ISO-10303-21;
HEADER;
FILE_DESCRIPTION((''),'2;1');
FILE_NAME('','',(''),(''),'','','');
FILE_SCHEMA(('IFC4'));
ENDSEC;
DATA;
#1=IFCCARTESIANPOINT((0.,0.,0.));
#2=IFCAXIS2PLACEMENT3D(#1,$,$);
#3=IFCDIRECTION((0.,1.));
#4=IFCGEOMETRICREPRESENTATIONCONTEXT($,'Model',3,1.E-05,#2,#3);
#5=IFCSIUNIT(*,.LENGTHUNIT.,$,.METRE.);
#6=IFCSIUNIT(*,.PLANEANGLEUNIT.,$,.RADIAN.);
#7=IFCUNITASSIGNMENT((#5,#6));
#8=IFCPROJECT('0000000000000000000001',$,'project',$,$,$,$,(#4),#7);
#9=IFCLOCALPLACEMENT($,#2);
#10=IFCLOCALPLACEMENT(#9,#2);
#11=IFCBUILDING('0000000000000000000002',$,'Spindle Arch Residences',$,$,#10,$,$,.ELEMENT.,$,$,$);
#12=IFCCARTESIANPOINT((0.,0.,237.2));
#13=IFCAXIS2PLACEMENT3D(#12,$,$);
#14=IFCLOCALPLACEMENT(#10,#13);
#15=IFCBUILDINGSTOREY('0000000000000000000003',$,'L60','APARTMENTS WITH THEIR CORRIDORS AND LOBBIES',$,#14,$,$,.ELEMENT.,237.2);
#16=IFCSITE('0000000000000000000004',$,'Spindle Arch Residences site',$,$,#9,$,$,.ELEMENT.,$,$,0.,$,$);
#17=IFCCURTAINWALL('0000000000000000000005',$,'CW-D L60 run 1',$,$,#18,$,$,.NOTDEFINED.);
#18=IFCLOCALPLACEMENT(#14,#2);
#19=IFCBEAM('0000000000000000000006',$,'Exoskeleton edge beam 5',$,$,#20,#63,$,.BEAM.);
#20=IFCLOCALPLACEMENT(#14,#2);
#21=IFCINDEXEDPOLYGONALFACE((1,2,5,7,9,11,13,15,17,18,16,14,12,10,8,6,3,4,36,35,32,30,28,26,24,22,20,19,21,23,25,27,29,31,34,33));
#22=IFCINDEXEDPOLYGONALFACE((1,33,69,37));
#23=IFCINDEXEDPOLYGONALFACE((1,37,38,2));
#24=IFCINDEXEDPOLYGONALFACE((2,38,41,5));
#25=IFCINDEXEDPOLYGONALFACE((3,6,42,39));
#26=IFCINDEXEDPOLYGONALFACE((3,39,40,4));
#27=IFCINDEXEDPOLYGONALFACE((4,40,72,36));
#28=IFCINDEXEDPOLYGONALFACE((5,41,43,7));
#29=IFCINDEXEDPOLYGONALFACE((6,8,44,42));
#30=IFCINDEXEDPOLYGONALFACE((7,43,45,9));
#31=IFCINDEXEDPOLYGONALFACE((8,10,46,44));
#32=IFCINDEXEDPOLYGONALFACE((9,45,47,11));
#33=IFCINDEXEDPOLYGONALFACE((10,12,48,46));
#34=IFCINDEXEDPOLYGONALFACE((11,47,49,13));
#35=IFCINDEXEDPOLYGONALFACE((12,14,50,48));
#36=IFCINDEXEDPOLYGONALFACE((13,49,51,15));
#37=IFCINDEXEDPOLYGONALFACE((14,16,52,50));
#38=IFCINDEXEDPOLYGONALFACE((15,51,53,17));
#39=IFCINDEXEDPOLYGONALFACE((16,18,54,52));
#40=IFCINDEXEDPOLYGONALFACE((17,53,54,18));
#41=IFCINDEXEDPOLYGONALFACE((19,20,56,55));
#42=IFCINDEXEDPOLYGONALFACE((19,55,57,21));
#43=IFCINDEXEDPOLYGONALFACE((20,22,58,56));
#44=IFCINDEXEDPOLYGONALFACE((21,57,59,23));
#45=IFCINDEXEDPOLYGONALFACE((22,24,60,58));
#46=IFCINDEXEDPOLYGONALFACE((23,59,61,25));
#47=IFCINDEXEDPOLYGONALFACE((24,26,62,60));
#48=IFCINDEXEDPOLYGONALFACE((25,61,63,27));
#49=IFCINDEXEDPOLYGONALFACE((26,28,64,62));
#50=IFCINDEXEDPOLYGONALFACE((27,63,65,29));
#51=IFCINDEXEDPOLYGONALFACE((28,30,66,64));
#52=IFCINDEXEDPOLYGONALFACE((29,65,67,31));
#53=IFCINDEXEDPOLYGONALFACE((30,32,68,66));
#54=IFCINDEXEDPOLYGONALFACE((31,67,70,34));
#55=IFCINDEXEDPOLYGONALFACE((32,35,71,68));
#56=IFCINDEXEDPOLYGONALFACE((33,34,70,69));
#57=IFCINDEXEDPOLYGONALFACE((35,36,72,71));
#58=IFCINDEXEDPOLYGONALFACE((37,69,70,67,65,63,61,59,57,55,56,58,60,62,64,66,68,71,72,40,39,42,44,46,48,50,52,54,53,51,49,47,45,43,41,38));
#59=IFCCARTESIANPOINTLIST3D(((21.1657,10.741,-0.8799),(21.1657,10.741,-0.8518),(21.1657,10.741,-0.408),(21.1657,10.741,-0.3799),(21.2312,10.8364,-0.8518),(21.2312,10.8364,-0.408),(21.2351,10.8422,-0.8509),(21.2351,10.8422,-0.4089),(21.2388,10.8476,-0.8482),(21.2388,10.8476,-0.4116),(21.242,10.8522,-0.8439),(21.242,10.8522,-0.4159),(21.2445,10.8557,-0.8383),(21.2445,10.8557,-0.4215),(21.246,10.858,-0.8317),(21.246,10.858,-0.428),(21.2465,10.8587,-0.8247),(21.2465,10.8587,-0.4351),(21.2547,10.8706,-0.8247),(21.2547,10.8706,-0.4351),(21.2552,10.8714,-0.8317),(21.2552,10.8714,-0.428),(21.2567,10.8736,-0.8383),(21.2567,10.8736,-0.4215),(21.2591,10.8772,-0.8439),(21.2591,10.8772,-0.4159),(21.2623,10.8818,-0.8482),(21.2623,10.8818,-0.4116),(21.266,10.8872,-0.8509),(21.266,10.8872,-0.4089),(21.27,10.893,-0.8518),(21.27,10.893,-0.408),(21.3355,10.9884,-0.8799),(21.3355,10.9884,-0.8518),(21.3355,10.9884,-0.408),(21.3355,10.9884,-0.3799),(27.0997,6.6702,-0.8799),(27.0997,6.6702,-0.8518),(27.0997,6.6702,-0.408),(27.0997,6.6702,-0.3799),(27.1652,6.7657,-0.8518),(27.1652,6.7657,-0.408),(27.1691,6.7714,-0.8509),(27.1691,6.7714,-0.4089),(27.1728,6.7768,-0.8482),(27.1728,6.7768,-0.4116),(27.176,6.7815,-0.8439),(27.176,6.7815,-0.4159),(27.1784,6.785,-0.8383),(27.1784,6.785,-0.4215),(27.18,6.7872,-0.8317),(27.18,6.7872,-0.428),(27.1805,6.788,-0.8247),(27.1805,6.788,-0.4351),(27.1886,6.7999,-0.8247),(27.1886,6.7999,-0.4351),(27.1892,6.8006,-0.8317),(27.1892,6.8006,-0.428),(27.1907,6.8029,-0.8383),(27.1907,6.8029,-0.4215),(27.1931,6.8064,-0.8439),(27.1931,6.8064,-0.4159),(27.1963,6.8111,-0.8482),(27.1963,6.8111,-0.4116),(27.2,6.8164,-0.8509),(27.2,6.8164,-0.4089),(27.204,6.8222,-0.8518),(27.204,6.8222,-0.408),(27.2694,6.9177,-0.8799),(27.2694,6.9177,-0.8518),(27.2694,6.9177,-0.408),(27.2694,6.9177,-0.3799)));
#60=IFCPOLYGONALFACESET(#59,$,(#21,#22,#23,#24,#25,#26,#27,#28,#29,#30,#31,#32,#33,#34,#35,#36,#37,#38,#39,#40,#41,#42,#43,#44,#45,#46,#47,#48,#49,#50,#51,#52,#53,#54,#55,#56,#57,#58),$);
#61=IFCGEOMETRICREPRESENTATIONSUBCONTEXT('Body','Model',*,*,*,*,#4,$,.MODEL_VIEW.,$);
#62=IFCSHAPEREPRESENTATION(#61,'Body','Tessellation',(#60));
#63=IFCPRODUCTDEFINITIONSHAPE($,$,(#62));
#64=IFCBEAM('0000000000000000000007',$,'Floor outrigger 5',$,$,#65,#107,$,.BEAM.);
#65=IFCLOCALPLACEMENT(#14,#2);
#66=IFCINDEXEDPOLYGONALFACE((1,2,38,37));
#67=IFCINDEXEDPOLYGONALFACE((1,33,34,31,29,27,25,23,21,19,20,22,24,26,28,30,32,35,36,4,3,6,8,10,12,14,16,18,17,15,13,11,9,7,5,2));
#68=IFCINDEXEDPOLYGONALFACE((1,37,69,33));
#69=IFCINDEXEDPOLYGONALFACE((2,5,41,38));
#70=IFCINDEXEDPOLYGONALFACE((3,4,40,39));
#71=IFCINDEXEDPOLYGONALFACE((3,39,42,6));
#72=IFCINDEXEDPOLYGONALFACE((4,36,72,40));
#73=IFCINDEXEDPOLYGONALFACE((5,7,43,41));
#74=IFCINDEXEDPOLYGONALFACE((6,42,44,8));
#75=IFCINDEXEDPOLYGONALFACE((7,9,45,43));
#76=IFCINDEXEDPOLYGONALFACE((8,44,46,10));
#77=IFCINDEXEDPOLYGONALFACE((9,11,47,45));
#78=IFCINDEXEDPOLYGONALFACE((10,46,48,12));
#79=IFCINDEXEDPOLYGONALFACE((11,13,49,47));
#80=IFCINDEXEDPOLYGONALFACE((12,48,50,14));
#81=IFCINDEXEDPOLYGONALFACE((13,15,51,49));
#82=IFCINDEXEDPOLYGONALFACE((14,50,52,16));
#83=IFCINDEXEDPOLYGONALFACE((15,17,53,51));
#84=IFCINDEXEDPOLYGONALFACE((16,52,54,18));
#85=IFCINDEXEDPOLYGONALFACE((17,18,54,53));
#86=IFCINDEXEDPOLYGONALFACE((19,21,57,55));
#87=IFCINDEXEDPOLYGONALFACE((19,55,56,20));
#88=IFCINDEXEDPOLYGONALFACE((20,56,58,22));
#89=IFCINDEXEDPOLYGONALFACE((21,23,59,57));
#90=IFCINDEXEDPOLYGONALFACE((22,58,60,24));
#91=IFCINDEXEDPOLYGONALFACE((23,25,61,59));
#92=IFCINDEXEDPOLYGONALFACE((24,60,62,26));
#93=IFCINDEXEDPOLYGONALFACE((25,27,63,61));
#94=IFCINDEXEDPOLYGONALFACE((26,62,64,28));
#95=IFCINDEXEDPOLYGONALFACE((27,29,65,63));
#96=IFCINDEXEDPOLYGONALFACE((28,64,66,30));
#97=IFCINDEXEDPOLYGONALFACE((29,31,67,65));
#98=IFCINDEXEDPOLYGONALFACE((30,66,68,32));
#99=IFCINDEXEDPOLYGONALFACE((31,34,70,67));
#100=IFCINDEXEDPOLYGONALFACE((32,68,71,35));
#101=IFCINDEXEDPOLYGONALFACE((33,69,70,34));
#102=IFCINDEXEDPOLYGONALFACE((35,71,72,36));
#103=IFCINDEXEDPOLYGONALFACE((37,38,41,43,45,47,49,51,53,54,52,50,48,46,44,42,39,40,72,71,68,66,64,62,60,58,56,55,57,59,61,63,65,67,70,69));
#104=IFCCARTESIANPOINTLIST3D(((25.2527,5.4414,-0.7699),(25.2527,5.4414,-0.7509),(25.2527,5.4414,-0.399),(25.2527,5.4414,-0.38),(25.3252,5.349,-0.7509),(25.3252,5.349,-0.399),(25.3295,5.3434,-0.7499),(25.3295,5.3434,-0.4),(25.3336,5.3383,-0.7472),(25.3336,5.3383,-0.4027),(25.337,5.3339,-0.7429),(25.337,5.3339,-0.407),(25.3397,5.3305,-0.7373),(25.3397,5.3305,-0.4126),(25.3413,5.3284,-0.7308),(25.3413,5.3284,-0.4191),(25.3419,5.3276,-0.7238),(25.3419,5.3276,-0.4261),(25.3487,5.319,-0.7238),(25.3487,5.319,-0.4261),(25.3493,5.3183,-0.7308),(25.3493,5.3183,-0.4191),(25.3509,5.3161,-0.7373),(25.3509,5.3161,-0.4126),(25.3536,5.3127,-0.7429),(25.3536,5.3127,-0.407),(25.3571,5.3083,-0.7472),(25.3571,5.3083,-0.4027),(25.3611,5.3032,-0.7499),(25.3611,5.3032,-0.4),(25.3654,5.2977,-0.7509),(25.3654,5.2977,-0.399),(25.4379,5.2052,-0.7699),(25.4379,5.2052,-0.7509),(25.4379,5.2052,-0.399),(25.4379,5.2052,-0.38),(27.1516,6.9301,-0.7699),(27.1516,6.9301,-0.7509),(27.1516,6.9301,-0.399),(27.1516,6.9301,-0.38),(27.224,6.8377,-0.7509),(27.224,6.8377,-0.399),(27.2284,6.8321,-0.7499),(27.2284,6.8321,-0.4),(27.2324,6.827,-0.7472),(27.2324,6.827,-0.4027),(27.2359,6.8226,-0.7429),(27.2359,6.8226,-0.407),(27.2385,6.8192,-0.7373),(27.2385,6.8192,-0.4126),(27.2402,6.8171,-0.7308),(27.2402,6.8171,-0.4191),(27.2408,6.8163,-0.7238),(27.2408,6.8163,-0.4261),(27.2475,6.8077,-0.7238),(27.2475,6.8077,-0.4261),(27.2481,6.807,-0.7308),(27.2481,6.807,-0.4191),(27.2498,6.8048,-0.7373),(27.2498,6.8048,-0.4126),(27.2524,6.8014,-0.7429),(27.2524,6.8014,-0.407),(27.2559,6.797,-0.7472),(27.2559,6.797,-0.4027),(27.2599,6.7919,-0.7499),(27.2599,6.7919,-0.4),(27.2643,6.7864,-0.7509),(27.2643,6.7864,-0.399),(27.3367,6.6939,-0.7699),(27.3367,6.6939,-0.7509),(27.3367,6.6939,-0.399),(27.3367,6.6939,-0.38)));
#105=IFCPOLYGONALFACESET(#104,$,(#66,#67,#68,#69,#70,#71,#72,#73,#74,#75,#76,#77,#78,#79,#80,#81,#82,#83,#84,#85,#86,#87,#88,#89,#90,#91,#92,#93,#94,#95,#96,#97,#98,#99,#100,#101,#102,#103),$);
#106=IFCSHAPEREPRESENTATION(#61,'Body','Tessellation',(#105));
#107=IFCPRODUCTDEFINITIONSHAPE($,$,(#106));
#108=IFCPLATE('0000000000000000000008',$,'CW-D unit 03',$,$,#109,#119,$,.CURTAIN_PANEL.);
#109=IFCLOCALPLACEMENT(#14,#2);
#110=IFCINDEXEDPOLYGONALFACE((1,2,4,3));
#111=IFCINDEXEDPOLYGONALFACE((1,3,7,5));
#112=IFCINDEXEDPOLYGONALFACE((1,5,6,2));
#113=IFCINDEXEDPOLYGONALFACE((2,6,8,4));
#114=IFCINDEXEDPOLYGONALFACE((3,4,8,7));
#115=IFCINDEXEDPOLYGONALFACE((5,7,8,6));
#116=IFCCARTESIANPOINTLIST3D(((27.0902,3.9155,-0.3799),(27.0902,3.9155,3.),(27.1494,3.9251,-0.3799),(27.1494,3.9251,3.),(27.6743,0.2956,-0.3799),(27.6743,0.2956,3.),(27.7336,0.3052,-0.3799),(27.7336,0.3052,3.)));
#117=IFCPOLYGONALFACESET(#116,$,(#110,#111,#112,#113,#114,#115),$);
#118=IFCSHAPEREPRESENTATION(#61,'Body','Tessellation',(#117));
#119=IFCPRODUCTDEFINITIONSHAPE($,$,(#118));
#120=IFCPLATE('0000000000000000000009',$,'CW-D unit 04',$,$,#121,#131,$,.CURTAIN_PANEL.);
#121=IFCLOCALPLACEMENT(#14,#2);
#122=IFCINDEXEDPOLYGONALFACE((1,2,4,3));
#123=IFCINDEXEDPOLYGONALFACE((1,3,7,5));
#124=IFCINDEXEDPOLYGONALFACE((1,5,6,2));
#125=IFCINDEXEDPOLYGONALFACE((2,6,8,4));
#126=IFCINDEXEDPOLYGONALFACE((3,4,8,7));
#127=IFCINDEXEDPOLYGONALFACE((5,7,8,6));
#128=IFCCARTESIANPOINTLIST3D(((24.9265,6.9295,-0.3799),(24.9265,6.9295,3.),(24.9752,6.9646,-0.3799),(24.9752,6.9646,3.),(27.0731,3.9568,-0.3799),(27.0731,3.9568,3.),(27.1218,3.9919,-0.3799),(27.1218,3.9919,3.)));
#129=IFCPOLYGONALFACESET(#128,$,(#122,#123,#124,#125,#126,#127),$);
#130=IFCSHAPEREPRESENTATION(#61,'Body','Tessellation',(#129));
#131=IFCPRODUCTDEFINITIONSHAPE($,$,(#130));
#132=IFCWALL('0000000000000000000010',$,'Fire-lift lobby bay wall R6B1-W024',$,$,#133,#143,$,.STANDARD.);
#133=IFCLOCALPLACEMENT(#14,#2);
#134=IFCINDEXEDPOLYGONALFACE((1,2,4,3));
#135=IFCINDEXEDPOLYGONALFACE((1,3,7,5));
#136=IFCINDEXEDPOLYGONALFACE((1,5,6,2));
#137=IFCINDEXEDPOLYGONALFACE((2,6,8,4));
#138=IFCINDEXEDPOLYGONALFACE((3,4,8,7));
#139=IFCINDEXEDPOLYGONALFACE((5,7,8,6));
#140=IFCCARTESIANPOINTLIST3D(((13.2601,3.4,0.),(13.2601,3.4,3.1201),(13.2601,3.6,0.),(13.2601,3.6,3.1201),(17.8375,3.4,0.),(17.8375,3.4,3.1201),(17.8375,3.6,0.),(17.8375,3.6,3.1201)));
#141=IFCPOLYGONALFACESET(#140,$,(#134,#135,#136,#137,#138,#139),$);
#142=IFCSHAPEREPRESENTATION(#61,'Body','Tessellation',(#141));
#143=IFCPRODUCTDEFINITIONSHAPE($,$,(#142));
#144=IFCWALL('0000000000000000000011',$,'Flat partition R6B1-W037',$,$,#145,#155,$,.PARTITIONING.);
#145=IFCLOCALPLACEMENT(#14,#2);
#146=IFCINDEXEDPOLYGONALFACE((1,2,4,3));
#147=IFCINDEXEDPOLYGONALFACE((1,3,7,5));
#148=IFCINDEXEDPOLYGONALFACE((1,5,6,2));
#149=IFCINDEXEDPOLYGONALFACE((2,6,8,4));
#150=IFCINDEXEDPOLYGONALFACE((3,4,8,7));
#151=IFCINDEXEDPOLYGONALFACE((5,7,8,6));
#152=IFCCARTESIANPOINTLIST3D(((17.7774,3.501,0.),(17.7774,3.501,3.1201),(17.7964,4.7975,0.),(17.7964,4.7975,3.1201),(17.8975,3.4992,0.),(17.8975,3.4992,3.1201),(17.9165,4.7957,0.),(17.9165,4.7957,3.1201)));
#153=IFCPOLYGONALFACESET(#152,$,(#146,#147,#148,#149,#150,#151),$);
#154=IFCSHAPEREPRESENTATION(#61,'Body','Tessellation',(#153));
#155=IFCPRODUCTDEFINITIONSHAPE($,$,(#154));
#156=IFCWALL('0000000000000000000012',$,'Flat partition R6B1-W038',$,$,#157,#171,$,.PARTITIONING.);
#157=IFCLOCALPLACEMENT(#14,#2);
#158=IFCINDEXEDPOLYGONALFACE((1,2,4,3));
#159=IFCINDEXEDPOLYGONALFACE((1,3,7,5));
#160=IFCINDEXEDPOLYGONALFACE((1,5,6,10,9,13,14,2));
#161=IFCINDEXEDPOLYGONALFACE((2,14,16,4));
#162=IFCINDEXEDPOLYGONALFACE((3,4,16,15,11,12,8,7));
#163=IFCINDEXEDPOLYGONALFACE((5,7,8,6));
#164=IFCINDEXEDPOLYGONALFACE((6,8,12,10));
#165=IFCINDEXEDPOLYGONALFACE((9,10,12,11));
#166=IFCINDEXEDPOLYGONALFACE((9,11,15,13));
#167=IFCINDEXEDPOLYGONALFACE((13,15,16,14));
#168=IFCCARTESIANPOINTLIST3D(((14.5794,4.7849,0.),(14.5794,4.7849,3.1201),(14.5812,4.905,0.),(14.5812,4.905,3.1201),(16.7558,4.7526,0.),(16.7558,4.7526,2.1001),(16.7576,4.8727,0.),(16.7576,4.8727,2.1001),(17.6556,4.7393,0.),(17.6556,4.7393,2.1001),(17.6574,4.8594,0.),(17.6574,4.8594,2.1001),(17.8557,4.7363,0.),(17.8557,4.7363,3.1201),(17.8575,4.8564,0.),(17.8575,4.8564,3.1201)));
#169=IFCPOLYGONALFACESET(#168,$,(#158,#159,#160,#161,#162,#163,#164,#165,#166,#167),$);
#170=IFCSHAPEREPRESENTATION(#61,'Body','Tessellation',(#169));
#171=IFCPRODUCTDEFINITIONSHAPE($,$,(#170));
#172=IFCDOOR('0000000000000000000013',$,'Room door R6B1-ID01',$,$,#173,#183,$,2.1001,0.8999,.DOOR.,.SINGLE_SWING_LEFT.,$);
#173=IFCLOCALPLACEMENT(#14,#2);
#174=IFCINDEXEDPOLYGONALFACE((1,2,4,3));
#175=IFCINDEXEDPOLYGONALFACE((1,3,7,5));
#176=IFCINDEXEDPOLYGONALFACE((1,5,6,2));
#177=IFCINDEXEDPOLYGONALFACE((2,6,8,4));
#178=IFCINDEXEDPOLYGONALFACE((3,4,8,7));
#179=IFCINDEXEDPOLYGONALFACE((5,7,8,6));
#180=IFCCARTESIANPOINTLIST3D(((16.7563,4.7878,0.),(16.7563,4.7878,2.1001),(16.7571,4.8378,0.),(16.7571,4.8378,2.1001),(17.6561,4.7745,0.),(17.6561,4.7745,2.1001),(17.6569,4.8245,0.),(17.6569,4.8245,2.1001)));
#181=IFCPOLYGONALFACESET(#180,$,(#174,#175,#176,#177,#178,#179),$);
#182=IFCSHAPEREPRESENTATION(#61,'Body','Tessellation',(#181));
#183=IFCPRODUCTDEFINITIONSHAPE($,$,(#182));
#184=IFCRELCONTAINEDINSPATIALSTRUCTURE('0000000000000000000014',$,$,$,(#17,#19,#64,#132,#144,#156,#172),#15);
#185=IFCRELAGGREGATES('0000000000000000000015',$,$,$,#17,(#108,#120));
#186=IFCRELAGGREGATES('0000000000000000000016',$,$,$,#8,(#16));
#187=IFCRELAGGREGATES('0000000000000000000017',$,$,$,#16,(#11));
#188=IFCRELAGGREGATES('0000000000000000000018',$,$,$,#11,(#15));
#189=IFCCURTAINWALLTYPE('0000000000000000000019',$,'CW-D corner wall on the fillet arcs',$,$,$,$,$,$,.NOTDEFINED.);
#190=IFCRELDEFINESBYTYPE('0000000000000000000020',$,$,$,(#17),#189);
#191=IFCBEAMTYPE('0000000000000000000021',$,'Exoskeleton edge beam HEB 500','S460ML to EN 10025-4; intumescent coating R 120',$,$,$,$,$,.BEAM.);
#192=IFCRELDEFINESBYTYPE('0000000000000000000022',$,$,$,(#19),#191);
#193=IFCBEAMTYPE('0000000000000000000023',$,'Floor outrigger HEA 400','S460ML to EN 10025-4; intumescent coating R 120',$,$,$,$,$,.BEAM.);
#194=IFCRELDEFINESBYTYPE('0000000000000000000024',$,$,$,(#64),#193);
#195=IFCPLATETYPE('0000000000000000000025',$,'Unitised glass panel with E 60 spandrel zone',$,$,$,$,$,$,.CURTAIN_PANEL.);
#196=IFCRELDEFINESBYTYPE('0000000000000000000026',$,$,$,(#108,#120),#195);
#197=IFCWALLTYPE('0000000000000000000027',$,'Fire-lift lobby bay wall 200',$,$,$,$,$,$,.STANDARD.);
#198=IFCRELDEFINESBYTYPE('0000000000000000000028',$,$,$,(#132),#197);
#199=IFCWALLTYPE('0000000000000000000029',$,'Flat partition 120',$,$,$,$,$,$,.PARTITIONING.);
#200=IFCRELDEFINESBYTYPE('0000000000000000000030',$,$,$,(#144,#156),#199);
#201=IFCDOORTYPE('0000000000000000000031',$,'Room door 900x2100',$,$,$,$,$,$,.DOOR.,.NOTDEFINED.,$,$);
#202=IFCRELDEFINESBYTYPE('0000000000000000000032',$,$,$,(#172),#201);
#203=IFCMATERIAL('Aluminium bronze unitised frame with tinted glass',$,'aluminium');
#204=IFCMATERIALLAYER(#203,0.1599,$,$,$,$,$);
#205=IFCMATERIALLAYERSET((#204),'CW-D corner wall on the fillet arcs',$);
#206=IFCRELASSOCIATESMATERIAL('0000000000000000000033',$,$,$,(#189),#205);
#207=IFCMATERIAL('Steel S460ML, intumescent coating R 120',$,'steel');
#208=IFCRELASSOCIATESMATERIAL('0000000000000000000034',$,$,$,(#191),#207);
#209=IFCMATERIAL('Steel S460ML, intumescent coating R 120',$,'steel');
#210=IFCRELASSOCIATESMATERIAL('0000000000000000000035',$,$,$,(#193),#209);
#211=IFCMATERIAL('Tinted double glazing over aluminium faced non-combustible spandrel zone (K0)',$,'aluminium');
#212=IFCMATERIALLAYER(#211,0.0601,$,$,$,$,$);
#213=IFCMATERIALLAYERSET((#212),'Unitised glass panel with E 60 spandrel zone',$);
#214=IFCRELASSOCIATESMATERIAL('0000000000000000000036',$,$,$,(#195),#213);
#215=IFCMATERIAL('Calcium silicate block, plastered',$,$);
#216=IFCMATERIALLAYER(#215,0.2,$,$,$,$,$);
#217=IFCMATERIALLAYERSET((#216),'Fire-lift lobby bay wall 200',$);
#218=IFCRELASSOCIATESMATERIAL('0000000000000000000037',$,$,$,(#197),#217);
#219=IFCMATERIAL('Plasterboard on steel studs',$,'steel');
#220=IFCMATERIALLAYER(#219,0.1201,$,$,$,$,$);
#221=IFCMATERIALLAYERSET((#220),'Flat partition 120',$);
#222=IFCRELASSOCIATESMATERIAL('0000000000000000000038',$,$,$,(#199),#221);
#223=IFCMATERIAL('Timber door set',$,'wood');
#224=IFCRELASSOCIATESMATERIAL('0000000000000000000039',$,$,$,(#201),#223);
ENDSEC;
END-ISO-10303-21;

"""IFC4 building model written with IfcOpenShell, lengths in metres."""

from ifc_helpers import new_model, si_unit, direction, frame, frame_2d, origin, origin_2d, place, context, subcontext, project, spatial, rectangle, i_section, extrude, material, layer, layer_set, material_profile, profile_set, type_object, element, fill, aggregate, save


model = new_model("IFC4")

# Units and contexts
model_context = context("Model", 3, precision=1e-05, world=origin(), true_north=direction((0.0, 1.0)))
body_context = subcontext(model_context, "Body", "Model", "MODEL_VIEW")
ifc_project = project(units=[si_unit("LENGTHUNIT", "METRE"), si_unit("PLANEANGLEUNIT", "RADIAN")], contexts=[model_context])

# Site, building, storey
site_placement = place(None, origin())
site = spatial("IfcSite", under=ifc_project, at=site_placement, Name="Spindle Arch Residences site", CompositionType="ELEMENT", RefElevation=0.0)
building_placement = place(site_placement, origin())
building = spatial("IfcBuilding", under=site, at=building_placement, Name="Spindle Arch Residences", CompositionType="ELEMENT")
storey_placement = place(building_placement, frame((0.0, 0.0, 237.2)))
storey = spatial("IfcBuildingStorey", under=building, at=storey_placement, Name="L60", Description="APARTMENTS WITH THEIR CORRIDORS AND LOBBIES", CompositionType="ELEMENT", Elevation=237.2)

# Curtain wall
ifc_material_1 = material(Name="Aluminium bronze unitised frame with tinted glass", Category="aluminium")
ifc_layer_1 = layer(ifc_material_1, 0.1599)
ifc_layer_set_1 = layer_set([ifc_layer_1], Name="CW-D corner wall on the fillet arcs")
curtain_wall_type = type_object("IfcCurtainWallType", Name="CW-D corner wall on the fillet arcs", PredefinedType="NOTDEFINED", material=ifc_layer_set_1)
curtain_wall_placement = place(storey_placement, origin())
curtain_wall = element("IfcCurtainWall", 1, at=curtain_wall_placement, inside=storey, type_object=curtain_wall_type, Name="CW-D L60 run 1", PredefinedType="NOTDEFINED")

# Beams
ifc_material_2 = material(Name="Steel S460ML, intumescent coating R 120", Category="steel")
ifc_material_profile_1 = material_profile(ifc_material_2, i_section(OverallWidth=0.3, OverallDepth=0.5, WebThickness=0.0144, FlangeThickness=0.0281, FilletRadius=0.0271, at=origin_2d()), Name="HEB 500")
ifc_profile_set_1 = profile_set([ifc_material_profile_1], Name="Steel S460ML, intumescent coating R 120")
beam_type_1 = type_object("IfcBeamType", Name="Exoskeleton edge beam HEB 500", Description="S460ML to EN 10025-4; intumescent coating R 120", PredefinedType="BEAM", material=ifc_profile_set_1)
beam_1_placement = place(storey_placement, frame((27.1846, 6.7939, -0.6299), z_axis=(-0.824618, 0.565691, 0.0), x_axis=(-0.565691, -0.824618, 0.0)))
element("IfcBeam", 2, at=beam_1_placement, inside=storey, type_object=beam_type_1, Name="Exoskeleton edge beam 5", PredefinedType="BEAM", context=body_context, shape_type="SweptSolid", body=[
    extrude(i_section(OverallWidth=0.3, OverallDepth=0.5, WebThickness=0.0144, FlangeThickness=0.0281, FilletRadius=0.0271, at=origin_2d()), origin(), (0.0, 0.0, 1.0), 7.196),
])
ifc_material_3 = material(Name="Steel S460ML, intumescent coating R 120", Category="steel")
ifc_material_profile_2 = material_profile(ifc_material_3, i_section(OverallWidth=0.3, OverallDepth=0.3899, WebThickness=0.011, FlangeThickness=0.019, FilletRadius=0.0271, at=origin_2d()), Name="HEA 400")
ifc_profile_set_2 = profile_set([ifc_material_profile_2], Name="Steel S460ML, intumescent coating R 120")
beam_type_2 = type_object("IfcBeamType", Name="Floor outrigger HEA 400", Description="S460ML to EN 10025-4; intumescent coating R 120", PredefinedType="BEAM", material=ifc_profile_set_2)
beam_2_placement = place(storey_placement, frame((27.2441, 6.812, -0.575), z_axis=(-0.786971, -0.61699, 0.0), x_axis=(0.61699, -0.786971, 0.0)))
element("IfcBeam", 3, at=beam_2_placement, inside=storey, type_object=beam_type_2, Name="Floor outrigger 5", PredefinedType="BEAM", context=body_context, shape_type="SweptSolid", body=[
    extrude(i_section(OverallWidth=0.3, OverallDepth=0.3899, WebThickness=0.011, FlangeThickness=0.019, FilletRadius=0.0271, at=origin_2d()), origin(), (0.0, 0.0, 1.0), 2.4128),
])

# Plates
ifc_material_4 = material(Name="Tinted double glazing over aluminium faced non-combustible spandrel zone (K0)", Category="aluminium")
ifc_layer_2 = layer(ifc_material_4, 0.0601)
ifc_layer_set_2 = layer_set([ifc_layer_2], Name="Unitised glass panel with E 60 spandrel zone")
plate_type = type_object("IfcPlateType", Name="Unitised glass panel with E 60 spandrel zone", PredefinedType="CURTAIN_PANEL", material=ifc_layer_set_2)
plate_1_placement = place(storey_placement, frame((27.4119, 2.1104, -0.3799), z_axis=(0.0, 0.0, 1.0), x_axis=(-0.159307, 0.987229, 0.0)))
plate_1 = element("IfcPlate", 4, at=plate_1_placement, type_object=plate_type, Name="CW-D unit 03", PredefinedType="CURTAIN_PANEL", context=body_context, shape_type="SweptSolid", body=[
    extrude(rectangle(XDim=3.6667, YDim=0.0601, at=origin_2d()), origin(), (0.0, 0.0, 1.0), 3.3799),
])
plate_2_placement = place(storey_placement, frame((26.0242, 5.4607, -0.3799), z_axis=(0.0, 0.0, 1.0), x_axis=(-0.585429, 0.810723, 0.0)))
plate_2 = element("IfcPlate", 5, at=plate_2_placement, type_object=plate_type, Name="CW-D unit 04", PredefinedType="CURTAIN_PANEL", context=body_context, shape_type="SweptSolid", body=[
    extrude(rectangle(XDim=3.6667, YDim=0.0601, at=origin_2d()), origin(), (0.0, 0.0, 1.0), 3.3799),
])
aggregate(curtain_wall, [plate_1, plate_2])

# Walls
ifc_material_5 = material(Name="Calcium silicate block, plastered")
ifc_layer_3 = layer(ifc_material_5, 0.2)
ifc_layer_set_3 = layer_set([ifc_layer_3], Name="Fire-lift lobby bay wall 200")
wall_type_1 = type_object("IfcWallType", Name="Fire-lift lobby bay wall 200", PredefinedType="STANDARD", material=ifc_layer_set_3)
wall_1_placement = place(storey_placement, frame((17.8374, 3.5, 0.0), z_axis=(0.0, 0.0, 1.0), x_axis=(-1.0, 0.0, 0.0)))
element("IfcWall", 6, at=wall_1_placement, inside=storey, type_object=wall_type_1, Name="Fire-lift lobby bay wall R6B1-W024", PredefinedType="STANDARD", context=body_context, shape_type="SweptSolid", body=[
    extrude(rectangle(XDim=4.5774, YDim=0.2, at=frame_2d((2.2886, 0.0))), origin(), (0.0, 0.0, 1.0), 3.1201),
])
ifc_material_6 = material(Name="Plasterboard on steel studs", Category="steel")
ifc_layer_4 = layer(ifc_material_6, 0.1201)
ifc_layer_set_4 = layer_set([ifc_layer_4], Name="Flat partition 120")
wall_type_2 = type_object("IfcWallType", Name="Flat partition 120", PredefinedType="PARTITIONING", material=ifc_layer_set_4)
wall_2_placement = place(storey_placement, frame((17.8374, 3.5, 0.0), z_axis=(0.0, 0.0, 1.0), x_axis=(0.014688, 0.999892, 0.0)))
element("IfcWall", 7, at=wall_2_placement, inside=storey, type_object=wall_type_2, Name="Flat partition R6B1-W037", PredefinedType="PARTITIONING", context=body_context, shape_type="SweptSolid", body=[
    extrude(rectangle(XDim=1.2966, YDim=0.1201, at=frame_2d((0.6484, 0.0))), origin(), (0.0, 0.0, 1.0), 3.1201),
])

# Wall, opening, door
wall_3_placement = place(storey_placement, frame((17.8564, 4.7964, 0.0), z_axis=(0.0, 0.0, 1.0), x_axis=(-0.99989, 0.014827, 0.0)))
wall_3 = element("IfcWall", 8, at=wall_3_placement, inside=storey, type_object=wall_type_2, Name="Flat partition R6B1-W038", PredefinedType="PARTITIONING", context=body_context, shape_type="SweptSolid", body=[
    extrude(rectangle(XDim=3.2766, YDim=0.1201, at=frame_2d((1.6382, 0.0))), origin(), (0.0, 0.0, 1.0), 3.1201),
])
opening_1_placement = place(wall_3_placement, frame((0.2, 0.0, 0.0)))
opening_1 = element("IfcOpeningElement", 9, at=opening_1_placement, cuts=wall_3, PredefinedType="OPENING", context=body_context, shape_type="SweptSolid", body=[
    extrude(rectangle(XDim=0.8999, YDim=2.1001, at=frame_2d((0.45, 1.05))), frame((0.0, 0.0701, 0.0), z_axis=(0.0, -1.0, 0.0), x_axis=(1.0, 0.0, 0.0)), (0.0, 0.0, 1.0), 0.1401),
])
ifc_material_7 = material(Name="Timber door set", Category="wood")
door_type_1 = type_object("IfcDoorType", Name="Room door 900x2100", OperationType="NOTDEFINED", PredefinedType="DOOR", material=ifc_material_7)
door_1_placement = place(opening_1_placement, origin())
door_1 = element("IfcDoor", 10, at=door_1_placement, inside=storey, type_object=door_type_1, Name="Room door R6B1-ID01", OperationType="SINGLE_SWING_LEFT", OverallHeight=2.1001, OverallWidth=0.8999, PredefinedType="DOOR", context=body_context, shape_type="SweptSolid", body=[
    extrude(rectangle(XDim=0.8999, YDim=2.1001, at=frame_2d((0.45, 1.05))), frame((0.0, 0.0249, 0.0), z_axis=(0.0, -1.0, 0.0), x_axis=(1.0, 0.0, 0.0)), (0.0, 0.0, 1.0), 0.05),
])
fill(opening_1, door_1)

save(model, "model.ifc")
